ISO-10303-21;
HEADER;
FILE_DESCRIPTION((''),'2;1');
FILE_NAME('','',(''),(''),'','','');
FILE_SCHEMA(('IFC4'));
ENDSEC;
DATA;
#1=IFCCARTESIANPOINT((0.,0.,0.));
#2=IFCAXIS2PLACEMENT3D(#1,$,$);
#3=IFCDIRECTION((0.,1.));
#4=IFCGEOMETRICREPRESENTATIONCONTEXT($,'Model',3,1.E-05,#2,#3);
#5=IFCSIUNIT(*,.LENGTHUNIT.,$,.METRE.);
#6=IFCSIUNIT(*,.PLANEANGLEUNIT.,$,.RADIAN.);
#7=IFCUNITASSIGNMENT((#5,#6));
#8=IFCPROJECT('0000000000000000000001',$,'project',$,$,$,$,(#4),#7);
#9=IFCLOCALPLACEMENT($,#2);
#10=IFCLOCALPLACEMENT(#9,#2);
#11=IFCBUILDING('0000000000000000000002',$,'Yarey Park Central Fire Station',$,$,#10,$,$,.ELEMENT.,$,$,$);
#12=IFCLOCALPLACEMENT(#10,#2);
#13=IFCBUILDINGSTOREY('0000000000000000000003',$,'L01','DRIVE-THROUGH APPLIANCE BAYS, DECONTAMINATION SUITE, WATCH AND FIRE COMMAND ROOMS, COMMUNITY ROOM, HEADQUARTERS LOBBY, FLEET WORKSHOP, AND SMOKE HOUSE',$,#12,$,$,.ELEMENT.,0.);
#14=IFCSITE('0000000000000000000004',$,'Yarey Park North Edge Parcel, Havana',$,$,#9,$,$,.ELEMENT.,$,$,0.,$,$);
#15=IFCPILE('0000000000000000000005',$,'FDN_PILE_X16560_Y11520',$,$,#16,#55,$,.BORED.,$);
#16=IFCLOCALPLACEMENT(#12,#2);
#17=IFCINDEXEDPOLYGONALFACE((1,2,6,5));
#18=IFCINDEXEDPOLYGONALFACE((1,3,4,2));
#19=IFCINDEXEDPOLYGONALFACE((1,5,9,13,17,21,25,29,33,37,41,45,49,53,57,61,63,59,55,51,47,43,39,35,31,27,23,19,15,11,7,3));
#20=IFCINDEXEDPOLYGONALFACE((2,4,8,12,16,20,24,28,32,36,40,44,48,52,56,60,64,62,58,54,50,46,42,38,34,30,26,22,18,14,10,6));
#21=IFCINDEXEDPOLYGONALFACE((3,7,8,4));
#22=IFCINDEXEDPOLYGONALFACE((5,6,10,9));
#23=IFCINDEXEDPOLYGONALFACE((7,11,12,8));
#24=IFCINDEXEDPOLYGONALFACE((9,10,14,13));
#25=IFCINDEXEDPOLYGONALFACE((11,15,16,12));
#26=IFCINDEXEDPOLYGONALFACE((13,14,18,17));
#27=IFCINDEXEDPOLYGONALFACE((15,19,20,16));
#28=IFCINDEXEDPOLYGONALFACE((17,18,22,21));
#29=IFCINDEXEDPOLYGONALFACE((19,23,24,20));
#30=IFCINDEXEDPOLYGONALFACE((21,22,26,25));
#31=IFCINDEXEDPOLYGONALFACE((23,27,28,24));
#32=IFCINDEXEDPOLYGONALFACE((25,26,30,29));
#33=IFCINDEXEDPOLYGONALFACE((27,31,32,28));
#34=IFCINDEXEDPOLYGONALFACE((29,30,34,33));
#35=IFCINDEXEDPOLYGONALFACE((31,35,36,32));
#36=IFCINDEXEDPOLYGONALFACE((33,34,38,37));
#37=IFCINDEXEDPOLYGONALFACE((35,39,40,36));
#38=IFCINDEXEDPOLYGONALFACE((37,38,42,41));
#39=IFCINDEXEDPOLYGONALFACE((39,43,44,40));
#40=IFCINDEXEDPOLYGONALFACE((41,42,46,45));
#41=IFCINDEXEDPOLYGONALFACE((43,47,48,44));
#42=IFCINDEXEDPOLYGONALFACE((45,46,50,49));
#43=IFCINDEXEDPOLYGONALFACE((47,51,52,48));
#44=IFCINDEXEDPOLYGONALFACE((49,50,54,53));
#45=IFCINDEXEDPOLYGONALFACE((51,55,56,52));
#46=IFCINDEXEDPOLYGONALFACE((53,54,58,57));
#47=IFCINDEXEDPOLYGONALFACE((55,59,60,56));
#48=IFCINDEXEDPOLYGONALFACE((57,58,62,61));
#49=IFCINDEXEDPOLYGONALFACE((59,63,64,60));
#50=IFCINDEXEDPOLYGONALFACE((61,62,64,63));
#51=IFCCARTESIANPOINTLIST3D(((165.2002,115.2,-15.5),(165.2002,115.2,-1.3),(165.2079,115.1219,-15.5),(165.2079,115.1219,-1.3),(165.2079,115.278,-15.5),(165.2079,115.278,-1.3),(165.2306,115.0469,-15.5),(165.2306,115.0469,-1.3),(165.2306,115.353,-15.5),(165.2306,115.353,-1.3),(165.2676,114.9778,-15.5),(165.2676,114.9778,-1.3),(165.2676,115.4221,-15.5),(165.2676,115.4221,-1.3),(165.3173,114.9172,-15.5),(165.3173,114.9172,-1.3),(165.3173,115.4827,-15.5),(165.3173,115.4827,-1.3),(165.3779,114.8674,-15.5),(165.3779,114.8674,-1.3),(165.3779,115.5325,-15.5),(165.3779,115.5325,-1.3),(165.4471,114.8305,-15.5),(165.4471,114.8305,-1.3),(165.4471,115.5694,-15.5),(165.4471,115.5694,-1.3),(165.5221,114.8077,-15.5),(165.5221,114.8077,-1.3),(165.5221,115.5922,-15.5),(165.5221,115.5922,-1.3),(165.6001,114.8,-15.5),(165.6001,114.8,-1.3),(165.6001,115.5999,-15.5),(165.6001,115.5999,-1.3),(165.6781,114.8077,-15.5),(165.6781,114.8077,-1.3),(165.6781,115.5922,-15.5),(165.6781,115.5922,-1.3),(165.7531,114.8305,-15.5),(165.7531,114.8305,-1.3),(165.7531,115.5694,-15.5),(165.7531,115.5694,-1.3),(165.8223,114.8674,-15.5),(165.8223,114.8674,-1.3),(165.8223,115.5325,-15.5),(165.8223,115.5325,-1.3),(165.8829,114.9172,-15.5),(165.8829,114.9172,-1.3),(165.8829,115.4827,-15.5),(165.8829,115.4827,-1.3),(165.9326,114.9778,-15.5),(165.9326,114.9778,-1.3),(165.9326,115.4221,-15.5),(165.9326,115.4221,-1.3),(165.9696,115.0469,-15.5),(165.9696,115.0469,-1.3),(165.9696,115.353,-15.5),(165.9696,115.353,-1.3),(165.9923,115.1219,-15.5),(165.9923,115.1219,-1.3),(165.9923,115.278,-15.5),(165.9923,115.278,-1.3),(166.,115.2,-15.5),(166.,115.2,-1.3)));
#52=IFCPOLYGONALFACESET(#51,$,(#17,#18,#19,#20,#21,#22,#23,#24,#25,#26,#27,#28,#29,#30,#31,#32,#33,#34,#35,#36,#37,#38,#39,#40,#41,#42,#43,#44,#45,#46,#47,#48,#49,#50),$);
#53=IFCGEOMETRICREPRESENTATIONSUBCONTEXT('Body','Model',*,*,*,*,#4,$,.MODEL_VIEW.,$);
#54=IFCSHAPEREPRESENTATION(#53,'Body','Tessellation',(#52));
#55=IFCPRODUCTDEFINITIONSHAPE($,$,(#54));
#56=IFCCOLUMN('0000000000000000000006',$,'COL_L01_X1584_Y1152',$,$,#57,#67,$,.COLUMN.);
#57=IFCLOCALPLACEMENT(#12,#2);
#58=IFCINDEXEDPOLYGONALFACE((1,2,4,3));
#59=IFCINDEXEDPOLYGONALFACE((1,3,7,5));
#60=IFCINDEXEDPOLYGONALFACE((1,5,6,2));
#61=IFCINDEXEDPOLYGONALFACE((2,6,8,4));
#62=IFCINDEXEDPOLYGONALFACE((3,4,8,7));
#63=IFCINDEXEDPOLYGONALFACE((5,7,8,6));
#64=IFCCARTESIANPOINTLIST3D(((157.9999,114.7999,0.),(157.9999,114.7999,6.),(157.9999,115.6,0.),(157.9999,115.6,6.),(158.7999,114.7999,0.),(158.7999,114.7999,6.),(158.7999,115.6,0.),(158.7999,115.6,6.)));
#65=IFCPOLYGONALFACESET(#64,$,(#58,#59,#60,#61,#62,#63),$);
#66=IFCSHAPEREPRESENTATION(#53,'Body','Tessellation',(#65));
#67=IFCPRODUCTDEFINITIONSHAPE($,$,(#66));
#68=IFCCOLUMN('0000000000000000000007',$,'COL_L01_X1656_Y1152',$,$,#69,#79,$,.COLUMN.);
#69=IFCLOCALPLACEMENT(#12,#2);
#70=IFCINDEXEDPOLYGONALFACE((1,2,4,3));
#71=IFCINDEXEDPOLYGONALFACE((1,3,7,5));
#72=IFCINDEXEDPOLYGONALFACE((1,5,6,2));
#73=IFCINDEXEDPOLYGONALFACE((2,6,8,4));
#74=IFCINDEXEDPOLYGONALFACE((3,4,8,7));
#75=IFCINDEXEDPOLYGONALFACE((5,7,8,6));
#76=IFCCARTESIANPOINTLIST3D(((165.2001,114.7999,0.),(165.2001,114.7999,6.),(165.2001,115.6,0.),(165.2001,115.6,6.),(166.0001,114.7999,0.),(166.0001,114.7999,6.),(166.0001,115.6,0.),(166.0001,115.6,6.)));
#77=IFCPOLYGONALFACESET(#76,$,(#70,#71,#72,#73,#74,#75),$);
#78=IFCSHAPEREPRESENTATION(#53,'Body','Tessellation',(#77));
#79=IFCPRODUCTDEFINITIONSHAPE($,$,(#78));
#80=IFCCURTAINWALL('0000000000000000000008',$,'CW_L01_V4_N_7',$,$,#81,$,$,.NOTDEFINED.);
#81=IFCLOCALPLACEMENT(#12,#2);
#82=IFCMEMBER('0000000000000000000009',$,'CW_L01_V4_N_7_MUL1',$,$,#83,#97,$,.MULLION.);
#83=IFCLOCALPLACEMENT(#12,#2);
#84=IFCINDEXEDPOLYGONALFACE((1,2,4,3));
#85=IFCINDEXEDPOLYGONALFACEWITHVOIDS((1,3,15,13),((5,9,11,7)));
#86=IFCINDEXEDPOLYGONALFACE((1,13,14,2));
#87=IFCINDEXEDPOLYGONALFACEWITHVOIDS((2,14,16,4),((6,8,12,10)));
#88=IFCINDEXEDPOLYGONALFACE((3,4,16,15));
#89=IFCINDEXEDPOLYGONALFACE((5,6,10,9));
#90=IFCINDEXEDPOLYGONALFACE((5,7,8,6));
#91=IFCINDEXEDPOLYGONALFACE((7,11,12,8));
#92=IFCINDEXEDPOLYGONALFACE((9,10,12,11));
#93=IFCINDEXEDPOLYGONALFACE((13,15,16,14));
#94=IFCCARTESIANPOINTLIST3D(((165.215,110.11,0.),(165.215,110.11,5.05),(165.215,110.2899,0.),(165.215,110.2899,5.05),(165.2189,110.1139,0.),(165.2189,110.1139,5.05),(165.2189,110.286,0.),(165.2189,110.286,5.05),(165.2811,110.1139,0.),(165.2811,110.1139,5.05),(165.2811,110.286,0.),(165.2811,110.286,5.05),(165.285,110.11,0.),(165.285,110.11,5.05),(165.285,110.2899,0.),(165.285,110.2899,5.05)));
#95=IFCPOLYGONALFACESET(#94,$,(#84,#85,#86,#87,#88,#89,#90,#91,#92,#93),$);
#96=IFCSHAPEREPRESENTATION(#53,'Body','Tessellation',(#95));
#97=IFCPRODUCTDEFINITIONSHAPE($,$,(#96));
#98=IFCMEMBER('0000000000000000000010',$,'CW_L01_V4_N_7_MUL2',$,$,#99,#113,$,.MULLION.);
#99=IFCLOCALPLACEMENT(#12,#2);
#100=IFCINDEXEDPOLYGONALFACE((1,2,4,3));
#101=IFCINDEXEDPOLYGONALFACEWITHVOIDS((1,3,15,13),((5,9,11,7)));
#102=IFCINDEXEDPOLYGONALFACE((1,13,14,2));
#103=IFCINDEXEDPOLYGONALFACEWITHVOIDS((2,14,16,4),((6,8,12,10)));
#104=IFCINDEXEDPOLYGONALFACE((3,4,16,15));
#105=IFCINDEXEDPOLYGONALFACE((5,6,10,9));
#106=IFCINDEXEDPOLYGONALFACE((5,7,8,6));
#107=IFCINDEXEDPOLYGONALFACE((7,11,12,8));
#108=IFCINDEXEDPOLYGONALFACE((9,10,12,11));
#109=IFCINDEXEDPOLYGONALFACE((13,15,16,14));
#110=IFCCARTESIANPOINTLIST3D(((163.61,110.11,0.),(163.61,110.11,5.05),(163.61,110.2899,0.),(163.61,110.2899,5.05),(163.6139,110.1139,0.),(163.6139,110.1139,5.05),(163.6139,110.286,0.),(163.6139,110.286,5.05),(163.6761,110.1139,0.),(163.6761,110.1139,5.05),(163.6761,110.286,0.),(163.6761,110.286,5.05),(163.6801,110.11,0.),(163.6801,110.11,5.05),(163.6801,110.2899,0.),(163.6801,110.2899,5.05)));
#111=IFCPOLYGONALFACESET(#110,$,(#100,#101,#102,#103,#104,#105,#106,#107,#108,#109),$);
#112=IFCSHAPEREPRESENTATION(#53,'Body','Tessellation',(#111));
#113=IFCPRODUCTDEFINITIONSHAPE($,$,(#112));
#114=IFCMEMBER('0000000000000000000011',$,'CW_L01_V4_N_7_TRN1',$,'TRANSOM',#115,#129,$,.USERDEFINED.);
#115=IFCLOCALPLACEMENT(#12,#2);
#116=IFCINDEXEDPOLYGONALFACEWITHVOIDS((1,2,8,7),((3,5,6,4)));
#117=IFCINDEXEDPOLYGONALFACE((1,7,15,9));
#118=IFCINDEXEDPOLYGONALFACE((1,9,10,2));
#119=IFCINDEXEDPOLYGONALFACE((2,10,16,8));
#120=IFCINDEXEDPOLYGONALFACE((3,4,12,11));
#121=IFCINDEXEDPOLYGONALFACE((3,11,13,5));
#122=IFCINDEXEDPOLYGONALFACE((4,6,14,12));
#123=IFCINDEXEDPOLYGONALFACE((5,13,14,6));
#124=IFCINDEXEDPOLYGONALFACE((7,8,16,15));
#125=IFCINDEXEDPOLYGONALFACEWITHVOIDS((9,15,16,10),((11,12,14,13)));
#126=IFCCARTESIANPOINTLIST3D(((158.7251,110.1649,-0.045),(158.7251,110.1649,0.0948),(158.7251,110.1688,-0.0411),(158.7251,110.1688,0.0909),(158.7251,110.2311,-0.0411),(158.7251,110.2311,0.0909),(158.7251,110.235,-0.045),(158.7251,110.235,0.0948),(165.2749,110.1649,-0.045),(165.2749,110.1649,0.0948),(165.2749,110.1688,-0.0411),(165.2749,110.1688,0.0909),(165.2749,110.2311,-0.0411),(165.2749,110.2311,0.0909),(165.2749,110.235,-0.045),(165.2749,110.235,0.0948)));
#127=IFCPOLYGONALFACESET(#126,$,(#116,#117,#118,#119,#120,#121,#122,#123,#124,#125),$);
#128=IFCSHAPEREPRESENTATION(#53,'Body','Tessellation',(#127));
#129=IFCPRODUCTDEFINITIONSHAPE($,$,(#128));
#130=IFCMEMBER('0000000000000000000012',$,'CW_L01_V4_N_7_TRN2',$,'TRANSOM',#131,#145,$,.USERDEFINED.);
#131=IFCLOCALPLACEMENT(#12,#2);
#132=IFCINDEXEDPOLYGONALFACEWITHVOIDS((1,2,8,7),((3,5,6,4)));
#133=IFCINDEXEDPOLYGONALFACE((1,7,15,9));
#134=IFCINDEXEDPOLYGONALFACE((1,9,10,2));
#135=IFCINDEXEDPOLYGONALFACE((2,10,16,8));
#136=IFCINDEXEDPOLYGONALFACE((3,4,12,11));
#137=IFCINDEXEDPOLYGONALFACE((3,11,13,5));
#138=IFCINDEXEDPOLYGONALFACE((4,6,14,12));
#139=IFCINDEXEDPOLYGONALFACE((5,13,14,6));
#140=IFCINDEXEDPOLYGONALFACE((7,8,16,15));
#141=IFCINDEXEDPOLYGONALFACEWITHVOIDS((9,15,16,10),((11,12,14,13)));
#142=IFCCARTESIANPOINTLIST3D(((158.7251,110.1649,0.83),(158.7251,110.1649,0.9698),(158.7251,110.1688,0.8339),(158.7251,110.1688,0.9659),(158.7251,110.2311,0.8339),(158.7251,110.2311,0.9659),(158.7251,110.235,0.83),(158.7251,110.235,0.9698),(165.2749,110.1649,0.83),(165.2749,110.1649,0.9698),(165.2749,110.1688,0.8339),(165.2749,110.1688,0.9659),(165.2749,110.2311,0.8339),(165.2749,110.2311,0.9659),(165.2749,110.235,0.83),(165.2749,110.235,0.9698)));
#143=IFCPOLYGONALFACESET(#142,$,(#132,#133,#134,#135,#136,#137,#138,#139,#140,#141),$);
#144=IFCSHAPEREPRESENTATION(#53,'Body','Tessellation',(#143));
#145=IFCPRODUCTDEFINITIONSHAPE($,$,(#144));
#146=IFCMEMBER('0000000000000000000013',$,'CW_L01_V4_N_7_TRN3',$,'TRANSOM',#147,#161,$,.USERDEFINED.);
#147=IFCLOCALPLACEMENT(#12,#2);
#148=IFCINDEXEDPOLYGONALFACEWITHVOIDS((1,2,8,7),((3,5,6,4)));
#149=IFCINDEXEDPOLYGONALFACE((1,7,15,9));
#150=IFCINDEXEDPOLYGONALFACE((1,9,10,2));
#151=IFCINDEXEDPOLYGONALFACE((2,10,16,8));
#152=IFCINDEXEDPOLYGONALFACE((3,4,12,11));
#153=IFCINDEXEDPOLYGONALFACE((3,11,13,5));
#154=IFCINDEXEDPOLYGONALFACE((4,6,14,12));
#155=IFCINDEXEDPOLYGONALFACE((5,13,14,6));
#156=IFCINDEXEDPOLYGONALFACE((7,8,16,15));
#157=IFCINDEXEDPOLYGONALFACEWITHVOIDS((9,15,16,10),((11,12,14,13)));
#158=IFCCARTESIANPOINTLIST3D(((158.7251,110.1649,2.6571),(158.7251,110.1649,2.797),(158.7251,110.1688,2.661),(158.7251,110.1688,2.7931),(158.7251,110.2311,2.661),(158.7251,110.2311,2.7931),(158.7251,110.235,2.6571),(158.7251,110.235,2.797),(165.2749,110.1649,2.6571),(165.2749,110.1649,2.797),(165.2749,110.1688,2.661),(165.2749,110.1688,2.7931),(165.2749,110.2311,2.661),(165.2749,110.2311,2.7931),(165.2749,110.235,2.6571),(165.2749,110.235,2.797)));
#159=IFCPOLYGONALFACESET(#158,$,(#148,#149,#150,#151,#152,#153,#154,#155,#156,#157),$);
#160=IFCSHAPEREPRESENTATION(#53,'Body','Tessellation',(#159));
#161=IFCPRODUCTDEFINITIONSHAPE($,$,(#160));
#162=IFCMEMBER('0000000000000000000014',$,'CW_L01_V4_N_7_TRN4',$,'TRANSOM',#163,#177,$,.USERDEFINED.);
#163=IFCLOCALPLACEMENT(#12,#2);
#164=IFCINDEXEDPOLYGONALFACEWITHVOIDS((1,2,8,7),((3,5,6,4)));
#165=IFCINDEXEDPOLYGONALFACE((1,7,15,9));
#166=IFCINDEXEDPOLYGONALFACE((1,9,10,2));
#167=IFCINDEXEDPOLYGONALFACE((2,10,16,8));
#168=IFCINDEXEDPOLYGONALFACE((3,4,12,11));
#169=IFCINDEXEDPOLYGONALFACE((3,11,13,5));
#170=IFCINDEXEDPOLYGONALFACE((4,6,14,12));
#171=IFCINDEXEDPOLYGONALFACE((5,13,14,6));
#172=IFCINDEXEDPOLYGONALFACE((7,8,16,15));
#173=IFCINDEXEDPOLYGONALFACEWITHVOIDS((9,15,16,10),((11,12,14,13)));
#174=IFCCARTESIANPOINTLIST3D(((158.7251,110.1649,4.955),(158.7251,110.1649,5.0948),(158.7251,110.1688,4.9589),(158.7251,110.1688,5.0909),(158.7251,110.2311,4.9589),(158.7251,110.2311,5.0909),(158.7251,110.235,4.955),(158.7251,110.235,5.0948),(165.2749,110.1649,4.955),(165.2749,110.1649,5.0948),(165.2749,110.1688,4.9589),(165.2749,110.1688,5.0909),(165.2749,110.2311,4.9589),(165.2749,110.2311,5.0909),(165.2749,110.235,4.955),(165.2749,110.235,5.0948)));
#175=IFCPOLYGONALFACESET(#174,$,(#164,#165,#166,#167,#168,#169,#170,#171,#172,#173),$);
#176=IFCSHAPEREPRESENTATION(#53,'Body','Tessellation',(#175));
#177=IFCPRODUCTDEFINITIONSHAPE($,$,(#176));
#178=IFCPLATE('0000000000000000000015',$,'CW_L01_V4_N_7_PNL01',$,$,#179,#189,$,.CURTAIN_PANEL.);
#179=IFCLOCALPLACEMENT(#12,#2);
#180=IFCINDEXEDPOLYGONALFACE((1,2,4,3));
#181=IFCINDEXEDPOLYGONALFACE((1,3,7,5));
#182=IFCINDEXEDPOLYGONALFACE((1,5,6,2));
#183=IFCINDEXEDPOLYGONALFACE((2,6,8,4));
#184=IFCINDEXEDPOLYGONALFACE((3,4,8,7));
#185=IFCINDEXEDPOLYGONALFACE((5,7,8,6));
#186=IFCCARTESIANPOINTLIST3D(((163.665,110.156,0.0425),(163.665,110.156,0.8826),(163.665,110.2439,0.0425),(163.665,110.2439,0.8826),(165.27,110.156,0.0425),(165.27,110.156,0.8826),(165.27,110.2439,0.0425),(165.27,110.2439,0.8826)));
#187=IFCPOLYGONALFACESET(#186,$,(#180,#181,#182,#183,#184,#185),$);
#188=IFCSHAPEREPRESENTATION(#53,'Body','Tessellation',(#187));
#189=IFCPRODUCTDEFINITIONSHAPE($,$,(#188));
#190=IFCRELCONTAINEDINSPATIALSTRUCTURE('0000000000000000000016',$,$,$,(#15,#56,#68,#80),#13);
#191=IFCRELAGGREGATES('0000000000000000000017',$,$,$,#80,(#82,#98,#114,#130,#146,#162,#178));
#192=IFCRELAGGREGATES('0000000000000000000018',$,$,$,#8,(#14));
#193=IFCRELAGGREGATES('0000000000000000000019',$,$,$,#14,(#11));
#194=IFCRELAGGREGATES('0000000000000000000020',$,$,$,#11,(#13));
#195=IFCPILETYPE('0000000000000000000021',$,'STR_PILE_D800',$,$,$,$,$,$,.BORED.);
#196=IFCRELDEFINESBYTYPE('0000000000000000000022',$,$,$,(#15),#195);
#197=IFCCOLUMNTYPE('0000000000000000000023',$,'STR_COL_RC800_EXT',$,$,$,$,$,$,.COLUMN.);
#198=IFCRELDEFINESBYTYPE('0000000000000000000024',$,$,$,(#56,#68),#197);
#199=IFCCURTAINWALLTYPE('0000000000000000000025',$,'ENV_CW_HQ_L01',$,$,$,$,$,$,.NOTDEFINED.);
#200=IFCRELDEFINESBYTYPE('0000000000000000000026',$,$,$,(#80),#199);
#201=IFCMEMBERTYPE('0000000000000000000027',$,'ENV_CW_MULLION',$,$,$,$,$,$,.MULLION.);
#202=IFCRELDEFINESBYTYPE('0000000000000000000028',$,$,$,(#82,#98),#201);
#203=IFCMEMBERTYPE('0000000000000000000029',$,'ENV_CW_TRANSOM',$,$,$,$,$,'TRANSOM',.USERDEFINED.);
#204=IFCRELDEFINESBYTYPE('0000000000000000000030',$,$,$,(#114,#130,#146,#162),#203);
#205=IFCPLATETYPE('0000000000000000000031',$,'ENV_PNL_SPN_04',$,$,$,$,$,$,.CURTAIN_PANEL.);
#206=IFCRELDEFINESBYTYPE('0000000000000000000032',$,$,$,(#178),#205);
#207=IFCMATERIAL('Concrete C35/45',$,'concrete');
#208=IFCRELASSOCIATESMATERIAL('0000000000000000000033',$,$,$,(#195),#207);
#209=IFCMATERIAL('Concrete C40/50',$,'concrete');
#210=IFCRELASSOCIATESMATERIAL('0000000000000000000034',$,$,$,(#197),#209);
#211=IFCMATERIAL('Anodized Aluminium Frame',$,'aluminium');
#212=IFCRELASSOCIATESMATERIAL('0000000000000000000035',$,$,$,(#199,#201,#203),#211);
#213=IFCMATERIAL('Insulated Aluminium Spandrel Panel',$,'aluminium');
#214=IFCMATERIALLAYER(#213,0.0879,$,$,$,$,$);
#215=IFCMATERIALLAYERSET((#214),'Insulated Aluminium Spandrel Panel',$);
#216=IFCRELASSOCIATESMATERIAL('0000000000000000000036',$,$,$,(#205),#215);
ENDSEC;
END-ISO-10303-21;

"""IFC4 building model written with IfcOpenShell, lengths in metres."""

from ifc_helpers import new_model, si_unit, direction, frame, origin, origin_2d, place, context, subcontext, project, spatial, rectangle, hollow_rectangle, circle, extrude, material, layer, layer_set, material_profile, profile_set, type_object, element, aggregate, save


model = new_model("IFC4")

# Units and contexts
model_context = context("Model", 3, precision=1e-05, world=origin(), true_north=direction((0.0, 1.0)))
body_context = subcontext(model_context, "Body", "Model", "MODEL_VIEW")
ifc_project = project(units=[si_unit("LENGTHUNIT", "METRE"), si_unit("PLANEANGLEUNIT", "RADIAN")], contexts=[model_context])

# Site, building, storey
site_placement = place(None, origin())
site = spatial("IfcSite", under=ifc_project, at=site_placement, Name="Yarey Park North Edge Parcel, Havana", CompositionType="ELEMENT", RefElevation=0.0)
building_placement = place(site_placement, origin())
building = spatial("IfcBuilding", under=site, at=building_placement, Name="Yarey Park Central Fire Station", CompositionType="ELEMENT")
storey_placement = place(building_placement, origin())
storey = spatial("IfcBuildingStorey", under=building, at=storey_placement, Name="L01", Description="DRIVE-THROUGH APPLIANCE BAYS, DECONTAMINATION SUITE, WATCH AND FIRE COMMAND ROOMS, COMMUNITY ROOM, HEADQUARTERS LOBBY, FLEET WORKSHOP, AND SMOKE HOUSE", CompositionType="ELEMENT", Elevation=0.0)

# Shared definitions
ifc_material_1 = material(Name="Concrete C35/45", Category="concrete")

# Pile
ifc_material_profile_1 = material_profile(ifc_material_1, circle(Radius=0.3999, at=origin_2d()), Name="BORED PILE D800")
ifc_profile_set_1 = profile_set([ifc_material_profile_1], Name="Concrete C35/45")
pile_type = type_object("IfcPileType", Name="STR_PILE_D800", PredefinedType="BORED", material=ifc_profile_set_1)
for number, where, z_axis, x_axis, name in (
    (1, (165.6001, 115.2, -1.3), (0.0, 0.0, -1.0), (1.0, 0.0, 0.0), "FDN_PILE_X16560_Y11520"),
):
    element("IfcPile", number, at=place(storey_placement, frame(where, z_axis=z_axis, x_axis=x_axis)), inside=storey, type_object=pile_type, Name=name, PredefinedType="BORED", context=body_context, shape_type="SweptSolid", body=[
        extrude(circle(Radius=0.3999, at=origin_2d()), origin(), (0.0, 0.0, 1.0), 14.2),
    ])

# Columns
ifc_material_2 = material(Name="Concrete C40/50", Category="concrete")
ifc_material_profile_2 = material_profile(ifc_material_2, rectangle(XDim=0.8, YDim=0.8, at=origin_2d()), Name="RC 800x800")
ifc_profile_set_2 = profile_set([ifc_material_profile_2], Name="Concrete C40/50")
column_type = type_object("IfcColumnType", Name="STR_COL_RC800_EXT", PredefinedType="COLUMN", material=ifc_profile_set_2)
for number, where, z_axis, x_axis, name in (
    (2, (158.3999, 115.2, 0.0), (0.0, 0.0, 1.0), (1.0, 0.0, 0.0), "COL_L01_X1584_Y1152"),
    (3, (165.6001, 115.2, 0.0), (0.0, 0.0, 1.0), (1.0, 0.0, 0.0), "COL_L01_X1656_Y1152"),
):
    element("IfcColumn", number, at=place(storey_placement, frame(where, z_axis=z_axis, x_axis=x_axis)), inside=storey, type_object=column_type, Name=name, PredefinedType="COLUMN", context=body_context, shape_type="SweptSolid", body=[
        extrude(rectangle(XDim=0.8, YDim=0.8, at=origin_2d()), origin(), (0.0, 0.0, 1.0), 6.0),
    ])

# Curtain wall, members, plate
ifc_material_3 = material(Name="Anodized Aluminium Frame", Category="aluminium")
curtain_wall_type = type_object("IfcCurtainWallType", Name="ENV_CW_HQ_L01", PredefinedType="NOTDEFINED", material=ifc_material_3)
curtain_wall_placement = place(storey_placement, origin())
curtain_wall = element("IfcCurtainWall", 4, at=curtain_wall_placement, inside=storey, type_object=curtain_wall_type, Name="CW_L01_V4_N_7", PredefinedType="NOTDEFINED")
ifc_material_profile_3 = material_profile(ifc_material_3, hollow_rectangle(XDim=0.0701, YDim=0.1799, WallThickness=0.0039, at=origin_2d()), Name="ALU 180x70x4")
ifc_profile_set_3 = profile_set([ifc_material_profile_3], Name="Anodized Aluminium Frame")
member_type_1 = type_object("IfcMemberType", Name="ENV_CW_MULLION", PredefinedType="MULLION", material=ifc_profile_set_3)
member_1_placement = place(storey_placement, frame((165.25, 110.2, 0.0), z_axis=(0.0, 0.0, 1.0), x_axis=(1.0, 0.0, 0.0)))
member_1 = element("IfcMember", 5, at=member_1_placement, type_object=member_type_1, Name="CW_L01_V4_N_7_MUL1", PredefinedType="MULLION", context=body_context, shape_type="SweptSolid", body=[
    extrude(hollow_rectangle(XDim=0.0701, YDim=0.1799, WallThickness=0.0039, at=origin_2d()), origin(), (0.0, 0.0, 1.0), 5.05),
])
member_2_placement = place(storey_placement, frame((163.645, 110.2, 0.0), z_axis=(0.0, 0.0, 1.0), x_axis=(1.0, 0.0, 0.0)))
member_2 = element("IfcMember", 6, at=member_2_placement, type_object=member_type_1, Name="CW_L01_V4_N_7_MUL2", PredefinedType="MULLION", context=body_context, shape_type="SweptSolid", body=[
    extrude(hollow_rectangle(XDim=0.0701, YDim=0.1799, WallThickness=0.0039, at=origin_2d()), origin(), (0.0, 0.0, 1.0), 5.05),
])
ifc_material_profile_4 = material_profile(ifc_material_3, hollow_rectangle(XDim=0.0701, YDim=0.1399, WallThickness=0.0039, at=origin_2d()), Name="ALU 140x70x4")
ifc_profile_set_4 = profile_set([ifc_material_profile_4], Name="Anodized Aluminium Frame")
member_type_2 = type_object("IfcMemberType", Name="ENV_CW_TRANSOM", ElementType="TRANSOM", PredefinedType="USERDEFINED", material=ifc_profile_set_4)
member_3_placement = place(storey_placement, frame((165.2749, 110.2, 0.0249), z_axis=(-1.0, 0.0, 0.0), x_axis=(0.0, -1.0, 0.0)))
member_3 = element("IfcMember", 7, at=member_3_placement, type_object=member_type_2, Name="CW_L01_V4_N_7_TRN1", ObjectType="TRANSOM", PredefinedType="USERDEFINED", context=body_context, shape_type="SweptSolid", body=[
    extrude(hollow_rectangle(XDim=0.0701, YDim=0.1399, WallThickness=0.0039, at=origin_2d()), origin(), (0.0, 0.0, 1.0), 6.5498),
])
member_4_placement = place(storey_placement, frame((165.2749, 110.2, 0.8999), z_axis=(-1.0, 0.0, 0.0), x_axis=(0.0, -1.0, 0.0)))
member_4 = element("IfcMember", 8, at=member_4_placement, type_object=member_type_2, Name="CW_L01_V4_N_7_TRN2", ObjectType="TRANSOM", PredefinedType="USERDEFINED", context=body_context, shape_type="SweptSolid", body=[
    extrude(hollow_rectangle(XDim=0.0701, YDim=0.1399, WallThickness=0.0039, at=origin_2d()), origin(), (0.0, 0.0, 1.0), 6.5498),
])
member_5_placement = place(storey_placement, frame((165.2749, 110.2, 2.7271), z_axis=(-1.0, 0.0, 0.0), x_axis=(0.0, -1.0, 0.0)))
member_5 = element("IfcMember", 9, at=member_5_placement, type_object=member_type_2, Name="CW_L01_V4_N_7_TRN3", ObjectType="TRANSOM", PredefinedType="USERDEFINED", context=body_context, shape_type="SweptSolid", body=[
    extrude(hollow_rectangle(XDim=0.0701, YDim=0.1399, WallThickness=0.0039, at=origin_2d()), origin(), (0.0, 0.0, 1.0), 6.5498),
])
member_6_placement = place(storey_placement, frame((165.2749, 110.2, 5.0249), z_axis=(-1.0, 0.0, 0.0), x_axis=(0.0, -1.0, 0.0)))
member_6 = element("IfcMember", 10, at=member_6_placement, type_object=member_type_2, Name="CW_L01_V4_N_7_TRN4", ObjectType="TRANSOM", PredefinedType="USERDEFINED", context=body_context, shape_type="SweptSolid", body=[
    extrude(hollow_rectangle(XDim=0.0701, YDim=0.1399, WallThickness=0.0039, at=origin_2d()), origin(), (0.0, 0.0, 1.0), 6.5498),
])
ifc_material_4 = material(Name="Insulated Aluminium Spandrel Panel", Category="aluminium")
ifc_layer_1 = layer(ifc_material_4, 0.0879)
ifc_layer_set_1 = layer_set([ifc_layer_1], Name="Insulated Aluminium Spandrel Panel")
plate_type_1 = type_object("IfcPlateType", Name="ENV_PNL_SPN_04", PredefinedType="CURTAIN_PANEL", material=ifc_layer_set_1)
plate_1_placement = place(storey_placement, frame((164.4675, 110.2, 0.0425), z_axis=(0.0, 0.0, 1.0), x_axis=(-1.0, 0.0, 0.0)))
plate_1 = element("IfcPlate", 11, at=plate_1_placement, type_object=plate_type_1, Name="CW_L01_V4_N_7_PNL01", PredefinedType="CURTAIN_PANEL", context=body_context, shape_type="SweptSolid", body=[
    extrude(rectangle(XDim=1.605, YDim=0.0879, at=origin_2d()), origin(), (0.0, 0.0, 1.0), 0.8401),
])
aggregate(curtain_wall, [member_1, member_2, member_3, member_4, member_5, member_6, plate_1])

save(model, "model.ifc")
